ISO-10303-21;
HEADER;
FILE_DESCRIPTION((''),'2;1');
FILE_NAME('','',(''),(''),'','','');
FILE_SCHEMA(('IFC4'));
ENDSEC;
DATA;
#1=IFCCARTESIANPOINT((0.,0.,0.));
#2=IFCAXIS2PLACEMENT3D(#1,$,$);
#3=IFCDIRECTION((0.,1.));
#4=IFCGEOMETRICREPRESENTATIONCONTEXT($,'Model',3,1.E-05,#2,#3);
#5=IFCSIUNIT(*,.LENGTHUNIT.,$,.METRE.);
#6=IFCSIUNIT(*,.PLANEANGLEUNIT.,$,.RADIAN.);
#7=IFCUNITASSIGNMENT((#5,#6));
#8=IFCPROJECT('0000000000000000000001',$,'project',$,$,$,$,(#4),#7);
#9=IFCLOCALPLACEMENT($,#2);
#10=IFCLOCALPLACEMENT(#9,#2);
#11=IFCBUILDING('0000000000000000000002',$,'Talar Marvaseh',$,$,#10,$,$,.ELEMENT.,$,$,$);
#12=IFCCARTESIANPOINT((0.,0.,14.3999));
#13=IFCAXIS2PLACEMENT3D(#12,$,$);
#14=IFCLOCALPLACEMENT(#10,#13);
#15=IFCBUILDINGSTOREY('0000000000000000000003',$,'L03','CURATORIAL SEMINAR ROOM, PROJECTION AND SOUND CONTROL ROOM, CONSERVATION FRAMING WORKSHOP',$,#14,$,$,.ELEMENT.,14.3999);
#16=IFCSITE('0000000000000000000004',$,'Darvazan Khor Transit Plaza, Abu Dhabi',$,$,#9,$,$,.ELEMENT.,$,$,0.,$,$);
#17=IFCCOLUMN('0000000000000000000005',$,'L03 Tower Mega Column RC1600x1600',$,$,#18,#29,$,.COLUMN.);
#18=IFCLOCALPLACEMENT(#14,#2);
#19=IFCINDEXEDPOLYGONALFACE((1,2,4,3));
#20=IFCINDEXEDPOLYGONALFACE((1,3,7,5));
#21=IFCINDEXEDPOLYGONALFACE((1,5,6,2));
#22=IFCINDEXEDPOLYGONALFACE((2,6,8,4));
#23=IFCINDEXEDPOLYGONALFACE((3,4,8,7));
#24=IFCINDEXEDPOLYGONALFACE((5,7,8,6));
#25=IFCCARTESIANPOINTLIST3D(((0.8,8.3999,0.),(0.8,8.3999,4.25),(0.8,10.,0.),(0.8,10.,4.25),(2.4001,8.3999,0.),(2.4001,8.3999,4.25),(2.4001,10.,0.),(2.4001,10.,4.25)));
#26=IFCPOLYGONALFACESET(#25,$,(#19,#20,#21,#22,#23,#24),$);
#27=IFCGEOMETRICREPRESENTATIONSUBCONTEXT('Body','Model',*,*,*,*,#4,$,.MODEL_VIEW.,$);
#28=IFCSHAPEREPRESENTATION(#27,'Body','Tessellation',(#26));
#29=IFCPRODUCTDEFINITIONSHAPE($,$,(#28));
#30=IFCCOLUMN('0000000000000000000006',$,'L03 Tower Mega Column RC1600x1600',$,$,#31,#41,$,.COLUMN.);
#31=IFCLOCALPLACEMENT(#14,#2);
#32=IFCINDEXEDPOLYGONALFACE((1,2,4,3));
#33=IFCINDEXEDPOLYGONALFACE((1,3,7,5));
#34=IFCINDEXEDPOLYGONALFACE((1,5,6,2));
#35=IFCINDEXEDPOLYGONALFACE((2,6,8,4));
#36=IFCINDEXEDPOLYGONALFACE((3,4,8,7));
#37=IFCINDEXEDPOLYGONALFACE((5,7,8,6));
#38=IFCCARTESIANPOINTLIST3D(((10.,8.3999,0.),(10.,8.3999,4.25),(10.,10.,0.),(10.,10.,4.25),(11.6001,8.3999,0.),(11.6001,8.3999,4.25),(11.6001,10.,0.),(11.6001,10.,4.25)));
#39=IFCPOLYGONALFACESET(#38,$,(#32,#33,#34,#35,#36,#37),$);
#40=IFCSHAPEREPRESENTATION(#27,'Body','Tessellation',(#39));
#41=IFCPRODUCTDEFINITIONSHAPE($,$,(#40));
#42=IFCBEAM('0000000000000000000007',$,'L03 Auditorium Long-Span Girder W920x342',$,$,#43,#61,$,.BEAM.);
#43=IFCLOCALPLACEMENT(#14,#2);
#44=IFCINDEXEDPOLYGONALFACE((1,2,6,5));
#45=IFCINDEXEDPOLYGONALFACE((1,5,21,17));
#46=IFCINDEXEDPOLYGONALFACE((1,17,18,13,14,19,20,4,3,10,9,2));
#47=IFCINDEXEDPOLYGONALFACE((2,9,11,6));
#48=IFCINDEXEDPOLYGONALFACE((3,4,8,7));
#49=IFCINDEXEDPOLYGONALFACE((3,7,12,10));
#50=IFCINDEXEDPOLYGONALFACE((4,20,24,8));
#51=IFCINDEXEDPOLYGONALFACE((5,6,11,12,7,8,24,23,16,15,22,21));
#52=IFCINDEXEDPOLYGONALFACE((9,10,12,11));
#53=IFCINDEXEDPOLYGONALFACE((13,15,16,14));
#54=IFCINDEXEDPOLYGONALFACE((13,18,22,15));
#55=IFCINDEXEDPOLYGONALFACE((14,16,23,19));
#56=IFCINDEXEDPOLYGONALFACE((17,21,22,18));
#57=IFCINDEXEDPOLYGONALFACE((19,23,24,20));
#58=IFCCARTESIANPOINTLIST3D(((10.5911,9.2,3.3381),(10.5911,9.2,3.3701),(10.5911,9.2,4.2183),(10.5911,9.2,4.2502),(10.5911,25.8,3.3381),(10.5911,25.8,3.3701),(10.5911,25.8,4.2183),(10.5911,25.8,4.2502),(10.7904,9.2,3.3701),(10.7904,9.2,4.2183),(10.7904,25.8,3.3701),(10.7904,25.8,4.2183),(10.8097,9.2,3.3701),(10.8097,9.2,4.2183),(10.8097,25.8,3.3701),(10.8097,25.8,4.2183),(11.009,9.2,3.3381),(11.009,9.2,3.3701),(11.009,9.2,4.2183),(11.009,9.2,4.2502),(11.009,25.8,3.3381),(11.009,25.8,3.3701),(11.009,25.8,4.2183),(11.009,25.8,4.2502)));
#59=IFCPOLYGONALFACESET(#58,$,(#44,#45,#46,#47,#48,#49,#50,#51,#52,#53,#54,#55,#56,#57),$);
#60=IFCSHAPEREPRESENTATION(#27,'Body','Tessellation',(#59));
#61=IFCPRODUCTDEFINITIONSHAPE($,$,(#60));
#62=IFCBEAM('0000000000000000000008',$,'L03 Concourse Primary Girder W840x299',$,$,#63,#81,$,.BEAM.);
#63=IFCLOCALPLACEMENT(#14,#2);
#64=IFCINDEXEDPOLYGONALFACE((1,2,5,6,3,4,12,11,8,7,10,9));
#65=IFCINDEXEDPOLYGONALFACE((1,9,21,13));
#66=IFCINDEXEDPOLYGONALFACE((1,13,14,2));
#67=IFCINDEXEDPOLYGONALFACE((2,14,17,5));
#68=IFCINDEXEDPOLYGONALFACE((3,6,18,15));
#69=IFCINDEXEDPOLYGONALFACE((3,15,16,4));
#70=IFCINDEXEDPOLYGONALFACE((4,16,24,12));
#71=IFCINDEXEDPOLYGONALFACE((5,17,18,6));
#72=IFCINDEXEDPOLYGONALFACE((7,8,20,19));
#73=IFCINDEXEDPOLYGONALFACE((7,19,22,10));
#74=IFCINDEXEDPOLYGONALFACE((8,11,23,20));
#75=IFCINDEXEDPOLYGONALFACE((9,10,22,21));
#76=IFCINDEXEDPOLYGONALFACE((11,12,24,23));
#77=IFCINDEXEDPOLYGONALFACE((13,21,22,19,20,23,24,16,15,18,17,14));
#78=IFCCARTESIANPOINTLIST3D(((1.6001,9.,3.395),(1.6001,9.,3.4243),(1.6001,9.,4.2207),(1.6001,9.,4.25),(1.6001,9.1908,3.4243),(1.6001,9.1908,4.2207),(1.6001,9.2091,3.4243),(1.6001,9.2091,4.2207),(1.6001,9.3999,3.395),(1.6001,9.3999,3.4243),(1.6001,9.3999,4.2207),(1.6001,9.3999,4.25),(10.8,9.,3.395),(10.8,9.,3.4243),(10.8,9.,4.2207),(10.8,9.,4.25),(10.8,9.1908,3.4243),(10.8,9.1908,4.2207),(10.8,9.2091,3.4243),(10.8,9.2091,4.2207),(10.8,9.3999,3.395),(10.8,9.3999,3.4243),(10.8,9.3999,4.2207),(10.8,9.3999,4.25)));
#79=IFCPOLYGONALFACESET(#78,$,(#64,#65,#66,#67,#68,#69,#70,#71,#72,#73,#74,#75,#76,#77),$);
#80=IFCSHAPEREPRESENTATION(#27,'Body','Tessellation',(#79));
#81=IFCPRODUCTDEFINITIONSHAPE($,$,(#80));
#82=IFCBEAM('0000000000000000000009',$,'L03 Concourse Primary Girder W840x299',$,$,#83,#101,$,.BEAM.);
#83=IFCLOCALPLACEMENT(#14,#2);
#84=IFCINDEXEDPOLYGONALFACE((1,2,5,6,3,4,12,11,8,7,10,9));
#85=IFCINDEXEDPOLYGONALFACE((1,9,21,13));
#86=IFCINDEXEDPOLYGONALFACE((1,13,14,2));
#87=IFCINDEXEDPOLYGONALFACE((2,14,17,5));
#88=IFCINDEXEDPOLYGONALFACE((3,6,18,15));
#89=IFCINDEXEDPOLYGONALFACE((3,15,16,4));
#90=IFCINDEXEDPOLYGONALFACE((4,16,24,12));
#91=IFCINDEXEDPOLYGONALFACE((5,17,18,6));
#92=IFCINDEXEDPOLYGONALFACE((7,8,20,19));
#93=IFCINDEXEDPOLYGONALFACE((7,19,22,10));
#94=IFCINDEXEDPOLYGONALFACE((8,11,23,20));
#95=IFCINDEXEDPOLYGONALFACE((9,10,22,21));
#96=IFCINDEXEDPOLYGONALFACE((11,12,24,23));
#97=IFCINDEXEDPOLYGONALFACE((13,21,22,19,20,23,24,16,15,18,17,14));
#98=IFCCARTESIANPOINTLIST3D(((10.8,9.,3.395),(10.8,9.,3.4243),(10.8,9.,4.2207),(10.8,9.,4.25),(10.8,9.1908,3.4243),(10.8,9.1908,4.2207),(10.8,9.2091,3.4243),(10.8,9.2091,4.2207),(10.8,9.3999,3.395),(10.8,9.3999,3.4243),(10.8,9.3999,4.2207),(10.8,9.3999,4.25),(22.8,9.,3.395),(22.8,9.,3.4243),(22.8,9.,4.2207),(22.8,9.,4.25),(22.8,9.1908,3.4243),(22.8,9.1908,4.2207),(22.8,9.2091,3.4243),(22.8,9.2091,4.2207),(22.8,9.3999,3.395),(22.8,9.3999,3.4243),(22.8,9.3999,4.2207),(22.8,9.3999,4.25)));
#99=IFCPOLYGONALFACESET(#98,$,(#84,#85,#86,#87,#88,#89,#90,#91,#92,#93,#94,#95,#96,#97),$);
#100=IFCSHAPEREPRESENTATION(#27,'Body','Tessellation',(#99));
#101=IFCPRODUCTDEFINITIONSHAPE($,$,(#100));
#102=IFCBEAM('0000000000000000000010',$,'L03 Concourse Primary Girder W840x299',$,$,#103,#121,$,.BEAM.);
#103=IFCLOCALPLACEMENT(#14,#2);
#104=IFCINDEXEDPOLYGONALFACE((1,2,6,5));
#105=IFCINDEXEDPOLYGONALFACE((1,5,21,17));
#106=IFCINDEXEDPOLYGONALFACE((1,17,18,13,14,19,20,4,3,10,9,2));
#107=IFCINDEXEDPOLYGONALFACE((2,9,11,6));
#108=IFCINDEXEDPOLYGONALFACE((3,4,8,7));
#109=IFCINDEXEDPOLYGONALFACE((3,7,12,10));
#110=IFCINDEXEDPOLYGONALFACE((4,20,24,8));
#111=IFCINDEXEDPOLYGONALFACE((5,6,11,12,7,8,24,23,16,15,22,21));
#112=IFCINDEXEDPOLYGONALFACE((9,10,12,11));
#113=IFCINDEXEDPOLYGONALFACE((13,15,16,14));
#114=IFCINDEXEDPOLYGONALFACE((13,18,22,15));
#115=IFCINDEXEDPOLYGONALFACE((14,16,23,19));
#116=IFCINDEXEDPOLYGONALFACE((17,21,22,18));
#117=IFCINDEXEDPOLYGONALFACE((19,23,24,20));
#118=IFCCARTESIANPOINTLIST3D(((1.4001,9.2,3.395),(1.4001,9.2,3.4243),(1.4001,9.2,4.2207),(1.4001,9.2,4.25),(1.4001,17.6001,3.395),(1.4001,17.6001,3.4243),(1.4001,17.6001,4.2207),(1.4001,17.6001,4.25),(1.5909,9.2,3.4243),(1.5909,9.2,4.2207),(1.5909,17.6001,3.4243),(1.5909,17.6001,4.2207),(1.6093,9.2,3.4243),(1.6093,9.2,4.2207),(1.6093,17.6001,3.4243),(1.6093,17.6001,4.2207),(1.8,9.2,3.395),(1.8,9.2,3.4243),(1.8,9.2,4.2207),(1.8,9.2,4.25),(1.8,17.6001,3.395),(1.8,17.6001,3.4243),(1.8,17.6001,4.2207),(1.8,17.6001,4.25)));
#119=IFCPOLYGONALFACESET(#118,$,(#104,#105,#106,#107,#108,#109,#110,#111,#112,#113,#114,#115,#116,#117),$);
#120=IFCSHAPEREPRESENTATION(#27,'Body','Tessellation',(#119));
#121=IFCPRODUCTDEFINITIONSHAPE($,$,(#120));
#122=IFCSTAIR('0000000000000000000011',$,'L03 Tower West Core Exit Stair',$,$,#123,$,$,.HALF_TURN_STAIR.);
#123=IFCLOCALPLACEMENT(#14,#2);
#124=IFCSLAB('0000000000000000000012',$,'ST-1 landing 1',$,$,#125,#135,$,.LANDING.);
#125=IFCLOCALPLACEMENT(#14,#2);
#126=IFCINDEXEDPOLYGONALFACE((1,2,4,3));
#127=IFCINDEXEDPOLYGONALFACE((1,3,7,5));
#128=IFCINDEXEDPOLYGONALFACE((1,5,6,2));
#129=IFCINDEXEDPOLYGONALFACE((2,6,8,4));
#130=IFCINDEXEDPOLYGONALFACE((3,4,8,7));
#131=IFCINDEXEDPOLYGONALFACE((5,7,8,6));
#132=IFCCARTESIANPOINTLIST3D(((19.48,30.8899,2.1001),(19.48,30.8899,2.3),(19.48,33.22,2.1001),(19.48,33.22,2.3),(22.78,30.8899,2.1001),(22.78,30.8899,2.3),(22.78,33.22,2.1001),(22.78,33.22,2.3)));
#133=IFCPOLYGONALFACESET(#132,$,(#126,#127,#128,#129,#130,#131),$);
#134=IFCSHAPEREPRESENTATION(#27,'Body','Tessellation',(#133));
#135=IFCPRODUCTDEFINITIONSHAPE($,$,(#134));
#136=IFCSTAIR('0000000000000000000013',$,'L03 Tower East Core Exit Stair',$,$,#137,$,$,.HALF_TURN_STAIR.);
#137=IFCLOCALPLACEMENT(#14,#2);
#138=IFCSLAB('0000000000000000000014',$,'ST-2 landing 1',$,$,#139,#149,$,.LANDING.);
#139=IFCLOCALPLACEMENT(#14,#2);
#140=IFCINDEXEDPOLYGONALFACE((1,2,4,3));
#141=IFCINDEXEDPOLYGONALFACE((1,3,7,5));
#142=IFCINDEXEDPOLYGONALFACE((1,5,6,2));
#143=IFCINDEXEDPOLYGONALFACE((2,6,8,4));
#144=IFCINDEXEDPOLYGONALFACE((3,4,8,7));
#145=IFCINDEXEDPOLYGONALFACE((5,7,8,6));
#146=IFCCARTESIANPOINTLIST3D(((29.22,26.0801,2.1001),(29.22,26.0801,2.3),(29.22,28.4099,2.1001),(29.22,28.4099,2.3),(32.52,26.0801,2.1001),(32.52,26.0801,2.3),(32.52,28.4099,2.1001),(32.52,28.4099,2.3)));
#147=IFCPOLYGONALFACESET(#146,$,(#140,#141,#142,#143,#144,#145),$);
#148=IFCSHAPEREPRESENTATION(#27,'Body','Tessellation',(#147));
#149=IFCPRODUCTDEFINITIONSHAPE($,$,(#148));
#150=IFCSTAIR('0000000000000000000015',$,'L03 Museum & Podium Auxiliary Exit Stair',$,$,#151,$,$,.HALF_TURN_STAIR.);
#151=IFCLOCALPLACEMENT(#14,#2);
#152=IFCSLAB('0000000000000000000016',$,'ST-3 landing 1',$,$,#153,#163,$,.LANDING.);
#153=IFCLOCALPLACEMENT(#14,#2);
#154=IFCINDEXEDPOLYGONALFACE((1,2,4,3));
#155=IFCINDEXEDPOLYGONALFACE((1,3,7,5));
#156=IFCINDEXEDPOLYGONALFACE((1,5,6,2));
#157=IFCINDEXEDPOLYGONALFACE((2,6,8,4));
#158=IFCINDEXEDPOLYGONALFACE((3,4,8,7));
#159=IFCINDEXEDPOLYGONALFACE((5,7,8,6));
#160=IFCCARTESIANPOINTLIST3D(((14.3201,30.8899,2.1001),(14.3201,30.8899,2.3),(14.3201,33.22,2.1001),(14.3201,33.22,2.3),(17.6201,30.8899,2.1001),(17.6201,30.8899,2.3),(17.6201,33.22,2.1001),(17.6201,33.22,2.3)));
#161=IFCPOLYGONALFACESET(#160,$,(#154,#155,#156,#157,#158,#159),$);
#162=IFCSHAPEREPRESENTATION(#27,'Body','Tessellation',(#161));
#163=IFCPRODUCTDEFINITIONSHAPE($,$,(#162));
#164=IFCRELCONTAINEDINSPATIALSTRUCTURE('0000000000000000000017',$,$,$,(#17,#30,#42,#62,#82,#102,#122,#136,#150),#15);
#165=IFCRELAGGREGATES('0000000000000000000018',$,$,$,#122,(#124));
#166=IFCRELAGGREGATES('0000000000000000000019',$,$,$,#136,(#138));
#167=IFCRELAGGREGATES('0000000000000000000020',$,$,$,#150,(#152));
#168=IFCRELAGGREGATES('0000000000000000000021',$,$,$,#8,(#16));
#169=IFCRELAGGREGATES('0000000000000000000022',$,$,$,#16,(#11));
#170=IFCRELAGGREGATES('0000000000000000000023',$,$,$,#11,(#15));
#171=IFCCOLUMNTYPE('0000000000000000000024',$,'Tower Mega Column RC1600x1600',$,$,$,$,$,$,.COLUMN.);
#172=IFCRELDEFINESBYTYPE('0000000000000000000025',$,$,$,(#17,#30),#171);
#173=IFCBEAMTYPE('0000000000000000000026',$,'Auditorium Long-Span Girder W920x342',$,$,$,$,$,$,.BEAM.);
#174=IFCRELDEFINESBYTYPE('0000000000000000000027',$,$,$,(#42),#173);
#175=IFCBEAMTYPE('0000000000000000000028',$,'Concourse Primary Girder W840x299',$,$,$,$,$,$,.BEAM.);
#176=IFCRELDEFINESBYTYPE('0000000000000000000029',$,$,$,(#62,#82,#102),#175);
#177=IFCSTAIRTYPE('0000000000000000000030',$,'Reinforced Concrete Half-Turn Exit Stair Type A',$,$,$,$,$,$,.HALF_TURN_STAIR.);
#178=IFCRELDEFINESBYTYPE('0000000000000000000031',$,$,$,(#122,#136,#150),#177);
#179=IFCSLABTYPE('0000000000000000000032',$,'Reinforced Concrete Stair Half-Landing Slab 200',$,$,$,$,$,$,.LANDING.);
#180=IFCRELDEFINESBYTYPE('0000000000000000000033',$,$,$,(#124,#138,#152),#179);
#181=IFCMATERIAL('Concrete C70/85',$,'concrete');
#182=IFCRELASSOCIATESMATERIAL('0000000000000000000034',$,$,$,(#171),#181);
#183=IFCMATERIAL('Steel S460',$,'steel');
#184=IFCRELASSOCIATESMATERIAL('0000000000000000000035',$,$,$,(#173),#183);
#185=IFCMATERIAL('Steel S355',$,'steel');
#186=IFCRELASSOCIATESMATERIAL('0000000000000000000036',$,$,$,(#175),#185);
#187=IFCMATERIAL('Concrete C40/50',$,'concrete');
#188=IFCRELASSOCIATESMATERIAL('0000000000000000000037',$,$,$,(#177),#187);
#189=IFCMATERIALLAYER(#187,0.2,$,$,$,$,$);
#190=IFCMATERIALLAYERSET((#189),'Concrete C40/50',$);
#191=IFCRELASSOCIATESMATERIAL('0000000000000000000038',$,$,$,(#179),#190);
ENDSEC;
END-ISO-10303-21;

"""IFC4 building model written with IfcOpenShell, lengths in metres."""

from ifc_helpers import new_model, si_unit, direction, frame, origin, origin_2d, place, context, subcontext, project, spatial, polyline, rectangle, i_section, outline, extrude, material, layer, layer_set, material_profile, profile_set, type_object, element, aggregate, save


model = new_model("IFC4")

# Units and contexts
model_context = context("Model", 3, precision=1e-05, world=origin(), true_north=direction((0.0, 1.0)))
body_context = subcontext(model_context, "Body", "Model", "MODEL_VIEW")
ifc_project = project(units=[si_unit("LENGTHUNIT", "METRE"), si_unit("PLANEANGLEUNIT", "RADIAN")], contexts=[model_context])

# Site, building, storey
site_placement = place(None, origin())
site = spatial("IfcSite", under=ifc_project, at=site_placement, Name="Darvazan Khor Transit Plaza, Abu Dhabi", CompositionType="ELEMENT", RefElevation=0.0)
building_placement = place(site_placement, origin())
building = spatial("IfcBuilding", under=site, at=building_placement, Name="Talar Marvaseh", CompositionType="ELEMENT")
storey_placement = place(building_placement, frame((0.0, 0.0, 14.3999)))
storey = spatial("IfcBuildingStorey", under=building, at=storey_placement, Name="L03", Description="CURATORIAL SEMINAR ROOM, PROJECTION AND SOUND CONTROL ROOM, CONSERVATION FRAMING WORKSHOP", CompositionType="ELEMENT", Elevation=14.3999)

# Columns
ifc_material_1 = material(Name="Concrete C70/85", Category="concrete")
ifc_material_profile_1 = material_profile(ifc_material_1, rectangle(XDim=1.6001, YDim=1.6001, at=origin_2d()), Name="RC1600x1600")
ifc_profile_set_1 = profile_set([ifc_material_profile_1], Name="Concrete C70/85")
column_type = type_object("IfcColumnType", Name="Tower Mega Column RC1600x1600", PredefinedType="COLUMN", material=ifc_profile_set_1)
for number, where, z_axis, x_axis, name in (
    (1, (1.6001, 9.2, 0.0), (0.0, 0.0, 1.0), (1.0, 0.0, 0.0), "L03 Tower Mega Column RC1600x1600"),
    (2, (10.8, 9.2, 0.0), (0.0, 0.0, 1.0), (1.0, 0.0, 0.0), "L03 Tower Mega Column RC1600x1600"),
):
    element("IfcColumn", number, at=place(storey_placement, frame(where, z_axis=z_axis, x_axis=x_axis)), inside=storey, type_object=column_type, Name=name, PredefinedType="COLUMN", context=body_context, shape_type="SweptSolid", body=[
        extrude(rectangle(XDim=1.6001, YDim=1.6001, at=origin_2d()), origin(), (0.0, 0.0, 1.0), 4.25),
    ])

# Beams
ifc_material_2 = material(Name="Steel S460", Category="steel")
ifc_material_profile_2 = material_profile(ifc_material_2, i_section(OverallWidth=0.418, OverallDepth=0.9121, WebThickness=0.0193, FlangeThickness=0.032, at=origin_2d()), Name="W920x342")
ifc_profile_set_2 = profile_set([ifc_material_profile_2], Name="Steel S460")
beam_type_1 = type_object("IfcBeamType", Name="Auditorium Long-Span Girder W920x342", PredefinedType="BEAM", material=ifc_profile_set_2)
beam_1_placement = place(storey_placement, frame((10.8, 9.2, 3.7942), z_axis=(0.0, 1.0, 0.0), x_axis=(-1.0, 0.0, 0.0)))
element("IfcBeam", 3, at=beam_1_placement, inside=storey, type_object=beam_type_1, Name="L03 Auditorium Long-Span Girder W920x342", PredefinedType="BEAM", context=body_context, shape_type="SweptSolid", body=[
    extrude(i_section(OverallWidth=0.418, OverallDepth=0.9121, WebThickness=0.0193, FlangeThickness=0.032, at=origin_2d()), origin(), (0.0, 0.0, 1.0), 16.6001),
])
ifc_material_3 = material(Name="Steel S355", Category="steel")
ifc_material_profile_3 = material_profile(ifc_material_3, i_section(OverallWidth=0.3999, OverallDepth=0.855, WebThickness=0.0183, FlangeThickness=0.0293, at=origin_2d()), Name="W840x299")
ifc_profile_set_3 = profile_set([ifc_material_profile_3], Name="Steel S355")
beam_type_2 = type_object("IfcBeamType", Name="Concourse Primary Girder W840x299", PredefinedType="BEAM", material=ifc_profile_set_3)
beam_2_placement = place(storey_placement, frame((1.6001, 9.2, 3.8225), z_axis=(1.0, 0.0, 0.0), x_axis=(0.0, 1.0, 0.0)))
element("IfcBeam", 4, at=beam_2_placement, inside=storey, type_object=beam_type_2, Name="L03 Concourse Primary Girder W840x299", PredefinedType="BEAM", context=body_context, shape_type="SweptSolid", body=[
    extrude(i_section(OverallWidth=0.3999, OverallDepth=0.855, WebThickness=0.0183, FlangeThickness=0.0293, at=origin_2d()), origin(), (0.0, 0.0, 1.0), 9.2),
])
beam_3_placement = place(storey_placement, frame((10.8, 9.2, 3.8225), z_axis=(1.0, 0.0, 0.0), x_axis=(0.0, 1.0, 0.0)))
element("IfcBeam", 5, at=beam_3_placement, inside=storey, type_object=beam_type_2, Name="L03 Concourse Primary Girder W840x299", PredefinedType="BEAM", context=body_context, shape_type="SweptSolid", body=[
    extrude(i_section(OverallWidth=0.3999, OverallDepth=0.855, WebThickness=0.0183, FlangeThickness=0.0293, at=origin_2d()), origin(), (0.0, 0.0, 1.0), 12.0),
])
beam_4_placement = place(storey_placement, frame((1.6001, 9.2, 3.8225), z_axis=(0.0, 1.0, 0.0), x_axis=(-1.0, 0.0, 0.0)))
element("IfcBeam", 6, at=beam_4_placement, inside=storey, type_object=beam_type_2, Name="L03 Concourse Primary Girder W840x299", PredefinedType="BEAM", context=body_context, shape_type="SweptSolid", body=[
    extrude(i_section(OverallWidth=0.3999, OverallDepth=0.855, WebThickness=0.0183, FlangeThickness=0.0293, at=origin_2d()), origin(), (0.0, 0.0, 1.0), 8.4001),
])

# Stairs, slabs
ifc_material_4 = material(Name="Concrete C40/50", Category="concrete")
stair_type = type_object("IfcStairType", Name="Reinforced Concrete Half-Turn Exit Stair Type A", PredefinedType="HALF_TURN_STAIR", material=ifc_material_4)
stair_1_placement = place(storey_placement, origin())
stair_1 = element("IfcStair", 7, at=stair_1_placement, inside=storey, type_object=stair_type, Name="L03 Tower West Core Exit Stair", PredefinedType="HALF_TURN_STAIR")
ifc_layer_1 = layer(ifc_material_4, 0.2)
ifc_layer_set_1 = layer_set([ifc_layer_1], Name="Concrete C40/50")
slab_type_1 = type_object("IfcSlabType", Name="Reinforced Concrete Stair Half-Landing Slab 200", PredefinedType="LANDING", material=ifc_layer_set_1)
slab_1_placement = place(storey_placement, frame((0.0, 0.0, 2.1001)))
slab_1 = element("IfcSlab", 8, at=slab_1_placement, type_object=slab_type_1, Name="ST-1 landing 1", PredefinedType="LANDING", context=body_context, shape_type="SweptSolid", body=[
    extrude(outline(polyline([(22.78, 30.8899), (22.78, 33.22), (19.48, 33.22), (19.48, 30.8899), (22.78, 30.8899)])), origin(), (0.0, 0.0, 1.0), 0.2),
])
aggregate(stair_1, [slab_1])
stair_2_placement = place(storey_placement, origin())
stair_2 = element("IfcStair", 9, at=stair_2_placement, inside=storey, type_object=stair_type, Name="L03 Tower East Core Exit Stair", PredefinedType="HALF_TURN_STAIR")
slab_2_placement = place(storey_placement, frame((0.0, 0.0, 2.1001)))
slab_2 = element("IfcSlab", 10, at=slab_2_placement, type_object=slab_type_1, Name="ST-2 landing 1", PredefinedType="LANDING", context=body_context, shape_type="SweptSolid", body=[
    extrude(outline(polyline([(29.22, 28.4099), (29.22, 26.0801), (32.52, 26.0801), (32.52, 28.4099), (29.22, 28.4099)])), origin(), (0.0, 0.0, 1.0), 0.2),
])
aggregate(stair_2, [slab_2])
stair_3_placement = place(storey_placement, origin())
stair_3 = element("IfcStair", 11, at=stair_3_placement, inside=storey, type_object=stair_type, Name="L03 Museum & Podium Auxiliary Exit Stair", PredefinedType="HALF_TURN_STAIR")
slab_3_placement = place(storey_placement, frame((0.0, 0.0, 2.1001)))
slab_3 = element("IfcSlab", 12, at=slab_3_placement, type_object=slab_type_1, Name="ST-3 landing 1", PredefinedType="LANDING", context=body_context, shape_type="SweptSolid", body=[
    extrude(outline(polyline([(17.6201, 30.8899), (17.6201, 33.22), (14.3201, 33.22), (14.3201, 30.8899), (17.6201, 30.8899)])), origin(), (0.0, 0.0, 1.0), 0.2),
])
aggregate(stair_3, [slab_3])

save(model, "model.ifc")
